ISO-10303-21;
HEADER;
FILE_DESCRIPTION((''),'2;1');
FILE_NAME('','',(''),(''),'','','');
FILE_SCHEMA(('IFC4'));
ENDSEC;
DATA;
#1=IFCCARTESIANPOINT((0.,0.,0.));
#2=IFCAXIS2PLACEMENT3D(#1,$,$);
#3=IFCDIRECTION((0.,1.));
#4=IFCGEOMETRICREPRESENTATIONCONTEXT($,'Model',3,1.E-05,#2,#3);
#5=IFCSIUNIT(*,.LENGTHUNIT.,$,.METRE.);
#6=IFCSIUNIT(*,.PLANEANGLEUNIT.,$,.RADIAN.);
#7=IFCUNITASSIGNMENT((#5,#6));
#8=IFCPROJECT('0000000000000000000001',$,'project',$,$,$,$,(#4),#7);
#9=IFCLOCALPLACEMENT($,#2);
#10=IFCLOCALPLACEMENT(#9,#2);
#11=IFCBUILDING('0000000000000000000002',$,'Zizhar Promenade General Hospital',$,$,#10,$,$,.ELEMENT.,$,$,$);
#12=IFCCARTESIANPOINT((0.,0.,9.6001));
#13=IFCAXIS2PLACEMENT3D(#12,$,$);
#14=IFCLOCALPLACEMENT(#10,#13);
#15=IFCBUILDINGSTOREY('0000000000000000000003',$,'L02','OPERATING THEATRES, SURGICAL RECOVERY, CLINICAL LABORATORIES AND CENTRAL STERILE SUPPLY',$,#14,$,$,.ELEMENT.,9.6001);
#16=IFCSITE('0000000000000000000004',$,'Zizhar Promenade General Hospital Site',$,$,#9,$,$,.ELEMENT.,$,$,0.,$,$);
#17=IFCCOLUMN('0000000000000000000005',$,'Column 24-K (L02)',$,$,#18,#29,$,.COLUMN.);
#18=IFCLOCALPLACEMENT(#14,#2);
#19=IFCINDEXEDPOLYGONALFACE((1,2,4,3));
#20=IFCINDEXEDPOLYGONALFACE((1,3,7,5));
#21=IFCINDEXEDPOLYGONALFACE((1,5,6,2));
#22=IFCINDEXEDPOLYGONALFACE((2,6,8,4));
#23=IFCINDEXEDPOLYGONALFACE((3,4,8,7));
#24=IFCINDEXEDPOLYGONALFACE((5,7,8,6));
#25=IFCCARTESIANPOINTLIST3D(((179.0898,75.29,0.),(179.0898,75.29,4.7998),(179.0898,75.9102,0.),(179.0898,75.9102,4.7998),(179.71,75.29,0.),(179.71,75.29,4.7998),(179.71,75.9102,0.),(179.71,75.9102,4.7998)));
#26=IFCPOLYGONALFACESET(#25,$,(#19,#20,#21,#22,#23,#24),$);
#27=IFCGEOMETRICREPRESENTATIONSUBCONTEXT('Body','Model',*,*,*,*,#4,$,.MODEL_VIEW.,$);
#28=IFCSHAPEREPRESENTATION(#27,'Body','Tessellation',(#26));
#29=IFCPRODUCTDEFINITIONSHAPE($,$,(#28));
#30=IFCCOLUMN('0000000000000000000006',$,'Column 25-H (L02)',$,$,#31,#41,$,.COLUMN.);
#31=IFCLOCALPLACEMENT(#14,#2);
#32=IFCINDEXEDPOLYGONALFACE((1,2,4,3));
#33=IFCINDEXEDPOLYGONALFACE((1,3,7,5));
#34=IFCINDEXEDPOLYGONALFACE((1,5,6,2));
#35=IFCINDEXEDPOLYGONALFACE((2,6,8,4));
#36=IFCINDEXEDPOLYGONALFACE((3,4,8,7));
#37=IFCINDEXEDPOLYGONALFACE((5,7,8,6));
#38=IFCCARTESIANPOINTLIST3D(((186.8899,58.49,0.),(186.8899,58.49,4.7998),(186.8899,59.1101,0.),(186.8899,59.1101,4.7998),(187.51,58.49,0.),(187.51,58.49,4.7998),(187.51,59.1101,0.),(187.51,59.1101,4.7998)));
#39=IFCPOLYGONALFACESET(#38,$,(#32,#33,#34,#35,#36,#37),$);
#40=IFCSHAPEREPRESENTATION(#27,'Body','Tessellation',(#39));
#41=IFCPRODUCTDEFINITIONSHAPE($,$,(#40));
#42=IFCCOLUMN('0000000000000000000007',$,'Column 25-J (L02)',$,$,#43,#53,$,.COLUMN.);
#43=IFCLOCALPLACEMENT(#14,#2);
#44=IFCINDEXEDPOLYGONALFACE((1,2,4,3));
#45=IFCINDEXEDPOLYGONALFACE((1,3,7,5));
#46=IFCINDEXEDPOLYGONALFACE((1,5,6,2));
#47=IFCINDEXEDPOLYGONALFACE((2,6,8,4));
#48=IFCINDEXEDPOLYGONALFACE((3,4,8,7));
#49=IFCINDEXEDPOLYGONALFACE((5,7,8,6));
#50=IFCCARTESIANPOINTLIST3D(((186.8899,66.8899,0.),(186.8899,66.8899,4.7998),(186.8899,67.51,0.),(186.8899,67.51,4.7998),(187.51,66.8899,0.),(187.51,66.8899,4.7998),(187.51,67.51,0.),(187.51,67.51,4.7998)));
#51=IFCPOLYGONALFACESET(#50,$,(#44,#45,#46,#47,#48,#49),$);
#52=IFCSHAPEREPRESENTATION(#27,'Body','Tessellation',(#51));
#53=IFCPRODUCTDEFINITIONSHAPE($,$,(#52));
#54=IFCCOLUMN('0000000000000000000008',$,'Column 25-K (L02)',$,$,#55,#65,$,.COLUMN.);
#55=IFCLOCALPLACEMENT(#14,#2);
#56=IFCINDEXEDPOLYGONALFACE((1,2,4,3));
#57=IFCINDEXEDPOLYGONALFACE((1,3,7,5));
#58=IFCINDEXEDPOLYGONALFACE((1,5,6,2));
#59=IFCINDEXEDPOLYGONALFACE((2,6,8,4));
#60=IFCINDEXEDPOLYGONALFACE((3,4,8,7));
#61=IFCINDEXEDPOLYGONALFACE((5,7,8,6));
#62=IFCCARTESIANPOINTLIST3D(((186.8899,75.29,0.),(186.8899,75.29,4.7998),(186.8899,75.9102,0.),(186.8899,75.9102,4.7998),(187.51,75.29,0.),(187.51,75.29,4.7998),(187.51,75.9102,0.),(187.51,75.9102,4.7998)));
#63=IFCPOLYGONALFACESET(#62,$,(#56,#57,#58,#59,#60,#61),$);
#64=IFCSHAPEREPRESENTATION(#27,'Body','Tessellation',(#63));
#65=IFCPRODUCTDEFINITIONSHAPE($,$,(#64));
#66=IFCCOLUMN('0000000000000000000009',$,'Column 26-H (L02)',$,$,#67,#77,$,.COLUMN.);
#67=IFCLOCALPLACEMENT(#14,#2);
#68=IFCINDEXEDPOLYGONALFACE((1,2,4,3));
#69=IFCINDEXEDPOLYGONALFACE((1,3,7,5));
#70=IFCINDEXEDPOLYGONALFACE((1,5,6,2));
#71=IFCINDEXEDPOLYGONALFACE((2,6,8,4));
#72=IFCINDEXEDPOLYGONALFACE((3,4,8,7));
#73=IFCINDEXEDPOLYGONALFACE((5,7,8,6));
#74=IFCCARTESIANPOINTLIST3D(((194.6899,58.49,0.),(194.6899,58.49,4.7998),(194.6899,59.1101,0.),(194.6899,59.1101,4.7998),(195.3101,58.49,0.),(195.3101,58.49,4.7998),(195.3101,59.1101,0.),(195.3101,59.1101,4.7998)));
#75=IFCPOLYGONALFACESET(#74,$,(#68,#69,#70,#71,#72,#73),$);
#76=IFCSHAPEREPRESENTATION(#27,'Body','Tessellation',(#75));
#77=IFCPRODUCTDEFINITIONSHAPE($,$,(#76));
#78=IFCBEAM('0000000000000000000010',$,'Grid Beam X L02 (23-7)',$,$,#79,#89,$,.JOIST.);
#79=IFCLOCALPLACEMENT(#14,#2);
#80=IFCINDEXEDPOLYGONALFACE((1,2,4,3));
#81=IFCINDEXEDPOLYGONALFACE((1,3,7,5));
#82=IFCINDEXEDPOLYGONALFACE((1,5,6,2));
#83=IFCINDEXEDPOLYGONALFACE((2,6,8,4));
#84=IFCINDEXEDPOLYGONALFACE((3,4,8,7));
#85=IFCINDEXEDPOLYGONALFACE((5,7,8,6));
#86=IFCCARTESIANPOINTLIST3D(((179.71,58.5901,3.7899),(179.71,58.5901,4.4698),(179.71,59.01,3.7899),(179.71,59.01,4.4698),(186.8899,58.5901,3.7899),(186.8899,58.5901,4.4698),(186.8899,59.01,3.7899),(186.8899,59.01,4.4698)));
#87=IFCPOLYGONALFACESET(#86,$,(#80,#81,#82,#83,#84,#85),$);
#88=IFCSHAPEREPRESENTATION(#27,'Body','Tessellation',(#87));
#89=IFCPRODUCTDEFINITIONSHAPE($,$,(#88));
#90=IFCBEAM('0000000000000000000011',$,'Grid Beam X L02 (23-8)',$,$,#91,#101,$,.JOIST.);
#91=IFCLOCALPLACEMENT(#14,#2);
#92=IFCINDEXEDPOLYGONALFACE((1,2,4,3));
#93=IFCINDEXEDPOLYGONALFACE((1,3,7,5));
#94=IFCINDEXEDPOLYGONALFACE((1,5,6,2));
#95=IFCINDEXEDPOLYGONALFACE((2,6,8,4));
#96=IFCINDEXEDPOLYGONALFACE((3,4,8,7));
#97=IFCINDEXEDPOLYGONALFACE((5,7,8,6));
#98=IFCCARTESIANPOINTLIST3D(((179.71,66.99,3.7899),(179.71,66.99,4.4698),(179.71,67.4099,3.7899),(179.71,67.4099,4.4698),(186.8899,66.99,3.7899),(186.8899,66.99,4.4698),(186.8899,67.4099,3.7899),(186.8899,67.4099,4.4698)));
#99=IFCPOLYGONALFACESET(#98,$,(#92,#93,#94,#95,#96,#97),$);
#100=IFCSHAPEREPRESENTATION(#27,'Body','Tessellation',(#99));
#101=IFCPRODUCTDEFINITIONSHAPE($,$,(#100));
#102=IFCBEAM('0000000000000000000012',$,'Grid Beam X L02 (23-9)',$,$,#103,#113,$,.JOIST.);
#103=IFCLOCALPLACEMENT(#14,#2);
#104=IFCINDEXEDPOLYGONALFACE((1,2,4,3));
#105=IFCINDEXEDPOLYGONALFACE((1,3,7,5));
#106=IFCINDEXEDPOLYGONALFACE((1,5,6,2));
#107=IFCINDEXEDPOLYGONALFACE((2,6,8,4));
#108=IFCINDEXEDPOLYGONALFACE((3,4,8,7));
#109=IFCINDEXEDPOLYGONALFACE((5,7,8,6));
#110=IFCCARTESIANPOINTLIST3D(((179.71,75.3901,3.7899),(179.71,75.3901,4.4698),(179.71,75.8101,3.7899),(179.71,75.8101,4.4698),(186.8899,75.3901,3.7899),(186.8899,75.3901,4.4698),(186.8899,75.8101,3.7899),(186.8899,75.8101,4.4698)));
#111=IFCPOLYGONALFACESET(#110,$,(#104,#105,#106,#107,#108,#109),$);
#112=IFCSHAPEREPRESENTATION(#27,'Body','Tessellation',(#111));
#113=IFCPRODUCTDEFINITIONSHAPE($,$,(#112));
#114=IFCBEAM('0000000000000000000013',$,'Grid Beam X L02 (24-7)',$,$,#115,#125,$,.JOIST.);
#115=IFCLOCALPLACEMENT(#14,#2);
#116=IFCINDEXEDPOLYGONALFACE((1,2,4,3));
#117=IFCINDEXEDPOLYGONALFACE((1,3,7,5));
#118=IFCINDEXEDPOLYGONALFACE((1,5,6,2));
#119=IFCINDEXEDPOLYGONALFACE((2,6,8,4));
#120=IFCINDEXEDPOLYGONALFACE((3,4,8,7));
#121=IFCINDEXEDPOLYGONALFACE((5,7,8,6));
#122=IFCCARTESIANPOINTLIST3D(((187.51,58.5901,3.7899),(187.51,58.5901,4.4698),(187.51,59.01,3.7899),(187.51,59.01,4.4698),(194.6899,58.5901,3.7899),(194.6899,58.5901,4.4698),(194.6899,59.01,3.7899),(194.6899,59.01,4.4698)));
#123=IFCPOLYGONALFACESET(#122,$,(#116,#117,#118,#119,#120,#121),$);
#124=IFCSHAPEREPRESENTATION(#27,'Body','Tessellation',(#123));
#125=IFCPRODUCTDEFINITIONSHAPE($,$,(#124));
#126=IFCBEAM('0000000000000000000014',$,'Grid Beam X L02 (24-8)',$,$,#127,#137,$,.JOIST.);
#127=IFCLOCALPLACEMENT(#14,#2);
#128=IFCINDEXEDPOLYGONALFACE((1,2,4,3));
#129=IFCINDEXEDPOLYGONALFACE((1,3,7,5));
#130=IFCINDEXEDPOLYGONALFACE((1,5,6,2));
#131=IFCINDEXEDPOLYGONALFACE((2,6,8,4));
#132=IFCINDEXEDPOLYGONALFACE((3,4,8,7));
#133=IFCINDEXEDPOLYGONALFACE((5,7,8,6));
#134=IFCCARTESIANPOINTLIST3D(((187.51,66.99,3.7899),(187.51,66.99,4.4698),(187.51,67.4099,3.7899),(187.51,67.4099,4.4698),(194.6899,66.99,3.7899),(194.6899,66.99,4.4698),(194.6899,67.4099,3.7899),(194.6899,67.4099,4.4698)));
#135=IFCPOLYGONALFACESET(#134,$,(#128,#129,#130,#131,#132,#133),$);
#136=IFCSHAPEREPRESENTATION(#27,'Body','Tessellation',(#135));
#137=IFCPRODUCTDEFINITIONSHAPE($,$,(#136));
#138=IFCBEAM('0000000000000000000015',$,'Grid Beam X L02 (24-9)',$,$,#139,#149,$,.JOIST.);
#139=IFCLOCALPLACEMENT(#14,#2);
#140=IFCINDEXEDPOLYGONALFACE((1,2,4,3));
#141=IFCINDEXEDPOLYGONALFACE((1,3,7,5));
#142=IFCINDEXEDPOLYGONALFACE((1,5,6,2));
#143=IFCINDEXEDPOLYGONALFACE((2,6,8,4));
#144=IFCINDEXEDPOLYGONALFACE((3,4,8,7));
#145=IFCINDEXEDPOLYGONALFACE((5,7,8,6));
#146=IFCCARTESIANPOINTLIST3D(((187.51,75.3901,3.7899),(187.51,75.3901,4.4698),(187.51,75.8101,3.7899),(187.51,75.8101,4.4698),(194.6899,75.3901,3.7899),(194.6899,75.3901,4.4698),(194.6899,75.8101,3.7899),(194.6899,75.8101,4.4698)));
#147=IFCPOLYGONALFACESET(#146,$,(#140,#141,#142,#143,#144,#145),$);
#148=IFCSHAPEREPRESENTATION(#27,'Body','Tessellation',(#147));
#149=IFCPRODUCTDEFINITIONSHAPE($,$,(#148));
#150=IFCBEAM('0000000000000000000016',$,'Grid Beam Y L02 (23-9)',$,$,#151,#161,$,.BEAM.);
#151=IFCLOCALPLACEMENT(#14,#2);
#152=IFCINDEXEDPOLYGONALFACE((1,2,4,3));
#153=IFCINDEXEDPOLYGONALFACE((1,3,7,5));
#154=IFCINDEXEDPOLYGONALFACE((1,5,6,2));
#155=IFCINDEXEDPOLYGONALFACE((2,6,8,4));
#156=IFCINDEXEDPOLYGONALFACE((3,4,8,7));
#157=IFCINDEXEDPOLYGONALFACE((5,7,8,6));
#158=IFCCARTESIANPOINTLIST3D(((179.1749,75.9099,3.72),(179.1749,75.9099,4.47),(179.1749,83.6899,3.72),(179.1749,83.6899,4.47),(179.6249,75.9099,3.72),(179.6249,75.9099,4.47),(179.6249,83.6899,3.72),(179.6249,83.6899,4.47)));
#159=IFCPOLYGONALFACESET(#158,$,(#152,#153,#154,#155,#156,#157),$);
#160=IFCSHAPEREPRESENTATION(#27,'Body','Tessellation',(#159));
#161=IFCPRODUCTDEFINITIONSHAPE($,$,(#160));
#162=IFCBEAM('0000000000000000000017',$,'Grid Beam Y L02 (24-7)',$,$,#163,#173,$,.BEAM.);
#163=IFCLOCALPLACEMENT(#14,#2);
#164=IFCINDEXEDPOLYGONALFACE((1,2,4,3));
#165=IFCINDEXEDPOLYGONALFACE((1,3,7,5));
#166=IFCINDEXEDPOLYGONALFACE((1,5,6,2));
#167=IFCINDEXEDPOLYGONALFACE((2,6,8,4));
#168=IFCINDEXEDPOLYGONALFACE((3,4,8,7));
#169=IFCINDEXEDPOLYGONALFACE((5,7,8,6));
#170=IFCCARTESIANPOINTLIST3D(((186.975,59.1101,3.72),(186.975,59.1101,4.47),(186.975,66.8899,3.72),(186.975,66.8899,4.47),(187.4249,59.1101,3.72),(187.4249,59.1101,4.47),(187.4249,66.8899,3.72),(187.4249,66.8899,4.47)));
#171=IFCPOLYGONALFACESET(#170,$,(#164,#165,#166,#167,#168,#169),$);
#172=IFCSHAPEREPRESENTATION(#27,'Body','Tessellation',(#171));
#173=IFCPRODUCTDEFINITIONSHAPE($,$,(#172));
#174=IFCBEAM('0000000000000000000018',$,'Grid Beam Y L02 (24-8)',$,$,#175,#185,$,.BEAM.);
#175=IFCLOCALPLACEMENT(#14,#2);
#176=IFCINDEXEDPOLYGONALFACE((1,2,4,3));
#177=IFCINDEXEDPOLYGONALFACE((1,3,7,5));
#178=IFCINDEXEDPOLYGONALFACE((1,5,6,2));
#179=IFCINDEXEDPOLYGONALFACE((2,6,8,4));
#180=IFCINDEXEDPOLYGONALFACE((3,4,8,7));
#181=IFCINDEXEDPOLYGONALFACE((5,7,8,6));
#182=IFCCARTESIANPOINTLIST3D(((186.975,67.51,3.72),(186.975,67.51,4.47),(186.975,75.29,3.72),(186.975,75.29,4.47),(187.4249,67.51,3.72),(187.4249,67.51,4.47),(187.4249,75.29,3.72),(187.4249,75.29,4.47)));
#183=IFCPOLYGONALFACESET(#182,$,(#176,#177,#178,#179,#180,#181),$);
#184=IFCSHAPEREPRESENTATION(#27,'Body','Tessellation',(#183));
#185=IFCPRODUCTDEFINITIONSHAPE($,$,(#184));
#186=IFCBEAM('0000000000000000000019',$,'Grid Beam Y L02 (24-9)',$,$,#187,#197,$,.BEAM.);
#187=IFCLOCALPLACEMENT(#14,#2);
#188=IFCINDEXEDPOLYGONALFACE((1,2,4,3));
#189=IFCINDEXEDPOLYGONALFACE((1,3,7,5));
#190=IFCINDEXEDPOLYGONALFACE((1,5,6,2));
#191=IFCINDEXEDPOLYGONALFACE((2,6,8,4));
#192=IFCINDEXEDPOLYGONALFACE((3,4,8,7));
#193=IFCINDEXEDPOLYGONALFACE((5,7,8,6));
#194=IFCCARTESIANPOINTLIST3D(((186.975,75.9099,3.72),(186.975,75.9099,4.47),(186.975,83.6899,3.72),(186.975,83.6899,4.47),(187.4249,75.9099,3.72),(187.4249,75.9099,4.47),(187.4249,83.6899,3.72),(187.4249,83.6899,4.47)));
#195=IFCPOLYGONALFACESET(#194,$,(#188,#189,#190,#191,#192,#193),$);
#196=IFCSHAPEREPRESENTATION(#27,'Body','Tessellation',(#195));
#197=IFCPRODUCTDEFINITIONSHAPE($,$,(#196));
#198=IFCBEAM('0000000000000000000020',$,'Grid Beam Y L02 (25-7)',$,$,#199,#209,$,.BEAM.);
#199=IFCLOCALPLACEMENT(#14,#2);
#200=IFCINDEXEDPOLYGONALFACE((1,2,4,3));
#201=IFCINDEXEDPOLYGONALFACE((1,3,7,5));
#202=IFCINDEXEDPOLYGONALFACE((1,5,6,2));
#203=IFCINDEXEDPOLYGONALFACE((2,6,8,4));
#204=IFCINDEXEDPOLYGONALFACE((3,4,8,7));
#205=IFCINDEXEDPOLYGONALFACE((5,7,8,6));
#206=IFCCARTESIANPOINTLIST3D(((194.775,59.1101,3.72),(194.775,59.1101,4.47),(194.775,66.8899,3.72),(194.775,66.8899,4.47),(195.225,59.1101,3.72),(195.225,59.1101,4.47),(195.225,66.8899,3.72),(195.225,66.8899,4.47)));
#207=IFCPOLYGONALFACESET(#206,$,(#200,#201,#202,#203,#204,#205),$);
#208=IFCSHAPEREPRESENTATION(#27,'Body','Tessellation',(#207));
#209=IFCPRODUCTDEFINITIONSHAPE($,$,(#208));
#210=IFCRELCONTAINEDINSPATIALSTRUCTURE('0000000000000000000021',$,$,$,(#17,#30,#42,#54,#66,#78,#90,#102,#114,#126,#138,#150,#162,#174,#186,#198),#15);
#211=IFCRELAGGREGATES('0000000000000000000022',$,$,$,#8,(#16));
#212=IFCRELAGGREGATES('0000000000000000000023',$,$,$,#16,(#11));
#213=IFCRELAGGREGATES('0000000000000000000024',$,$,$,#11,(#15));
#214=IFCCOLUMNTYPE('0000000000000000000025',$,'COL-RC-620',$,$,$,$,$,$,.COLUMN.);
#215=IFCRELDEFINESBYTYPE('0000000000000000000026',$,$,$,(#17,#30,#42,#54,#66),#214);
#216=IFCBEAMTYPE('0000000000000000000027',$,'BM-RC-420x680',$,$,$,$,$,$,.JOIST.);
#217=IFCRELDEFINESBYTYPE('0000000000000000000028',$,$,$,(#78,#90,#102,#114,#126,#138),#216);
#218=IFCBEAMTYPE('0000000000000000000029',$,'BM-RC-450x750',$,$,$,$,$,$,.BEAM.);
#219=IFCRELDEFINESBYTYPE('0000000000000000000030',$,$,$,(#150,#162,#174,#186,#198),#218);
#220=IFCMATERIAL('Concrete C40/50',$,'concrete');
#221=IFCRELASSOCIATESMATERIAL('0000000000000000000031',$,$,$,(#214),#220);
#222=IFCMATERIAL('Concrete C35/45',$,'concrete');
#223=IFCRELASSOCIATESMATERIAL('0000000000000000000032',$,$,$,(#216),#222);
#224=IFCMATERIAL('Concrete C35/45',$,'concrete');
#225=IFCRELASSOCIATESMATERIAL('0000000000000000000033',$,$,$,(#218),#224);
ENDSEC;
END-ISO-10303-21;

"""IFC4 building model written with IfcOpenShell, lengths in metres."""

from ifc_helpers import new_model, si_unit, direction, frame, origin, origin_2d, place, context, subcontext, project, spatial, rectangle, extrude, material, material_profile, profile_set, type_object, element, save


model = new_model("IFC4")

# Units and contexts
model_context = context("Model", 3, precision=1e-05, world=origin(), true_north=direction((0.0, 1.0)))
body_context = subcontext(model_context, "Body", "Model", "MODEL_VIEW")
ifc_project = project(units=[si_unit("LENGTHUNIT", "METRE"), si_unit("PLANEANGLEUNIT", "RADIAN")], contexts=[model_context])

# Site, building, storey
site_placement = place(None, origin())
site = spatial("IfcSite", under=ifc_project, at=site_placement, Name="Zizhar Promenade General Hospital Site", CompositionType="ELEMENT", RefElevation=0.0)
building_placement = place(site_placement, origin())
building = spatial("IfcBuilding", under=site, at=building_placement, Name="Zizhar Promenade General Hospital", CompositionType="ELEMENT")
storey_placement = place(building_placement, frame((0.0, 0.0, 9.6001)))
storey = spatial("IfcBuildingStorey", under=building, at=storey_placement, Name="L02", Description="OPERATING THEATRES, SURGICAL RECOVERY, CLINICAL LABORATORIES AND CENTRAL STERILE SUPPLY", CompositionType="ELEMENT", Elevation=9.6001)

# Columns
ifc_material_1 = material(Name="Concrete C40/50", Category="concrete")
ifc_material_profile_1 = material_profile(ifc_material_1, rectangle(XDim=0.6201, YDim=0.6201, at=origin_2d()))
ifc_profile_set_1 = profile_set([ifc_material_profile_1], Name="Concrete C40/50")
column_type = type_object("IfcColumnType", Name="COL-RC-620", PredefinedType="COLUMN", material=ifc_profile_set_1)
for number, where, z_axis, x_axis, name in (
    (1, (179.3999, 75.6001, 0.0), (0.0, 0.0, 1.0), (1.0, 0.0, 0.0), "Column 24-K (L02)"),
    (2, (187.2, 58.8, 0.0), (0.0, 0.0, 1.0), (1.0, 0.0, 0.0), "Column 25-H (L02)"),
    (3, (187.2, 67.2, 0.0), (0.0, 0.0, 1.0), (1.0, 0.0, 0.0), "Column 25-J (L02)"),
    (4, (187.2, 75.6001, 0.0), (0.0, 0.0, 1.0), (1.0, 0.0, 0.0), "Column 25-K (L02)"),
    (5, (195.0, 58.8, 0.0), (0.0, 0.0, 1.0), (1.0, 0.0, 0.0), "Column 26-H (L02)"),
):
    element("IfcColumn", number, at=place(storey_placement, frame(where, z_axis=z_axis, x_axis=x_axis)), inside=storey, type_object=column_type, Name=name, PredefinedType="COLUMN", context=body_context, shape_type="SweptSolid", body=[
        extrude(rectangle(XDim=0.6201, YDim=0.6201, at=origin_2d()), origin(), (0.0, 0.0, 1.0), 4.7998),
    ])

# Beams
ifc_material_2 = material(Name="Concrete C35/45", Category="concrete")
ifc_material_profile_2 = material_profile(ifc_material_2, rectangle(XDim=0.4199, YDim=0.6799, at=origin_2d()))
ifc_profile_set_2 = profile_set([ifc_material_profile_2], Name="Concrete C35/45")
beam_type_1 = type_object("IfcBeamType", Name="BM-RC-420x680", PredefinedType="JOIST", material=ifc_profile_set_2)
for number, where, z_axis, x_axis, name in (
    (6, (179.71, 58.8, 4.1299), (1.0, 0.0, 0.0), (0.0, 1.0, 0.0), "Grid Beam X L02 (23-7)"),
    (7, (179.71, 67.2, 4.1299), (1.0, 0.0, 0.0), (0.0, 1.0, 0.0), "Grid Beam X L02 (23-8)"),
    (8, (179.71, 75.6001, 4.1299), (1.0, 0.0, 0.0), (0.0, 1.0, 0.0), "Grid Beam X L02 (23-9)"),
    (9, (187.51, 58.8, 4.1299), (1.0, 0.0, 0.0), (0.0, 1.0, 0.0), "Grid Beam X L02 (24-7)"),
    (10, (187.51, 67.2, 4.1299), (1.0, 0.0, 0.0), (0.0, 1.0, 0.0), "Grid Beam X L02 (24-8)"),
    (11, (187.51, 75.6001, 4.1299), (1.0, 0.0, 0.0), (0.0, 1.0, 0.0), "Grid Beam X L02 (24-9)"),
):
    element("IfcBeam", number, at=place(storey_placement, frame(where, z_axis=z_axis, x_axis=x_axis)), inside=storey, type_object=beam_type_1, Name=name, PredefinedType="JOIST", context=body_context, shape_type="SweptSolid", body=[
        extrude(rectangle(XDim=0.4199, YDim=0.6799, at=origin_2d()), origin(), (0.0, 0.0, 1.0), 7.1799),
    ])
ifc_material_3 = material(Name="Concrete C35/45", Category="concrete")
ifc_material_profile_3 = material_profile(ifc_material_3, rectangle(XDim=0.45, YDim=0.75, at=origin_2d()))
ifc_profile_set_3 = profile_set([ifc_material_profile_3], Name="Concrete C35/45")
beam_type_2 = type_object("IfcBeamType", Name="BM-RC-450x750", PredefinedType="BEAM", material=ifc_profile_set_3)
beam_1_placement = place(storey_placement, frame((179.3999, 75.9099, 4.095), z_axis=(0.0, 1.0, 0.0), x_axis=(-1.0, 0.0, 0.0)))
element("IfcBeam", 12, at=beam_1_placement, inside=storey, type_object=beam_type_2, Name="Grid Beam Y L02 (23-9)", PredefinedType="BEAM", context=body_context, shape_type="SweptSolid", body=[
    extrude(rectangle(XDim=0.45, YDim=0.75, at=origin_2d()), origin(), (0.0, 0.0, 1.0), 7.78),
])
beam_2_placement = place(storey_placement, frame((187.2, 59.1101, 4.095), z_axis=(0.0, 1.0, 0.0), x_axis=(-1.0, 0.0, 0.0)))
element("IfcBeam", 13, at=beam_2_placement, inside=storey, type_object=beam_type_2, Name="Grid Beam Y L02 (24-7)", PredefinedType="BEAM", context=body_context, shape_type="SweptSolid", body=[
    extrude(rectangle(XDim=0.45, YDim=0.75, at=origin_2d()), origin(), (0.0, 0.0, 1.0), 7.7798),
])
for number, where, z_axis, x_axis, name in (
    (14, (187.2, 67.51, 4.095), (0.0, 1.0, 0.0), (-1.0, 0.0, 0.0), "Grid Beam Y L02 (24-8)"),
    (15, (187.2, 75.9099, 4.095), (0.0, 1.0, 0.0), (-1.0, 0.0, 0.0), "Grid Beam Y L02 (24-9)"),
):
    element("IfcBeam", number, at=place(storey_placement, frame(where, z_axis=z_axis, x_axis=x_axis)), inside=storey, type_object=beam_type_2, Name=name, PredefinedType="BEAM", context=body_context, shape_type="SweptSolid", body=[
        extrude(rectangle(XDim=0.45, YDim=0.75, at=origin_2d()), origin(), (0.0, 0.0, 1.0), 7.78),
    ])
beam_3_placement = place(storey_placement, frame((195.0, 59.1101, 4.095), z_axis=(0.0, 1.0, 0.0), x_axis=(-1.0, 0.0, 0.0)))
element("IfcBeam", 16, at=beam_3_placement, inside=storey, type_object=beam_type_2, Name="Grid Beam Y L02 (25-7)", PredefinedType="BEAM", context=body_context, shape_type="SweptSolid", body=[
    extrude(rectangle(XDim=0.45, YDim=0.75, at=origin_2d()), origin(), (0.0, 0.0, 1.0), 7.7798),
])

save(model, "model.ifc")
